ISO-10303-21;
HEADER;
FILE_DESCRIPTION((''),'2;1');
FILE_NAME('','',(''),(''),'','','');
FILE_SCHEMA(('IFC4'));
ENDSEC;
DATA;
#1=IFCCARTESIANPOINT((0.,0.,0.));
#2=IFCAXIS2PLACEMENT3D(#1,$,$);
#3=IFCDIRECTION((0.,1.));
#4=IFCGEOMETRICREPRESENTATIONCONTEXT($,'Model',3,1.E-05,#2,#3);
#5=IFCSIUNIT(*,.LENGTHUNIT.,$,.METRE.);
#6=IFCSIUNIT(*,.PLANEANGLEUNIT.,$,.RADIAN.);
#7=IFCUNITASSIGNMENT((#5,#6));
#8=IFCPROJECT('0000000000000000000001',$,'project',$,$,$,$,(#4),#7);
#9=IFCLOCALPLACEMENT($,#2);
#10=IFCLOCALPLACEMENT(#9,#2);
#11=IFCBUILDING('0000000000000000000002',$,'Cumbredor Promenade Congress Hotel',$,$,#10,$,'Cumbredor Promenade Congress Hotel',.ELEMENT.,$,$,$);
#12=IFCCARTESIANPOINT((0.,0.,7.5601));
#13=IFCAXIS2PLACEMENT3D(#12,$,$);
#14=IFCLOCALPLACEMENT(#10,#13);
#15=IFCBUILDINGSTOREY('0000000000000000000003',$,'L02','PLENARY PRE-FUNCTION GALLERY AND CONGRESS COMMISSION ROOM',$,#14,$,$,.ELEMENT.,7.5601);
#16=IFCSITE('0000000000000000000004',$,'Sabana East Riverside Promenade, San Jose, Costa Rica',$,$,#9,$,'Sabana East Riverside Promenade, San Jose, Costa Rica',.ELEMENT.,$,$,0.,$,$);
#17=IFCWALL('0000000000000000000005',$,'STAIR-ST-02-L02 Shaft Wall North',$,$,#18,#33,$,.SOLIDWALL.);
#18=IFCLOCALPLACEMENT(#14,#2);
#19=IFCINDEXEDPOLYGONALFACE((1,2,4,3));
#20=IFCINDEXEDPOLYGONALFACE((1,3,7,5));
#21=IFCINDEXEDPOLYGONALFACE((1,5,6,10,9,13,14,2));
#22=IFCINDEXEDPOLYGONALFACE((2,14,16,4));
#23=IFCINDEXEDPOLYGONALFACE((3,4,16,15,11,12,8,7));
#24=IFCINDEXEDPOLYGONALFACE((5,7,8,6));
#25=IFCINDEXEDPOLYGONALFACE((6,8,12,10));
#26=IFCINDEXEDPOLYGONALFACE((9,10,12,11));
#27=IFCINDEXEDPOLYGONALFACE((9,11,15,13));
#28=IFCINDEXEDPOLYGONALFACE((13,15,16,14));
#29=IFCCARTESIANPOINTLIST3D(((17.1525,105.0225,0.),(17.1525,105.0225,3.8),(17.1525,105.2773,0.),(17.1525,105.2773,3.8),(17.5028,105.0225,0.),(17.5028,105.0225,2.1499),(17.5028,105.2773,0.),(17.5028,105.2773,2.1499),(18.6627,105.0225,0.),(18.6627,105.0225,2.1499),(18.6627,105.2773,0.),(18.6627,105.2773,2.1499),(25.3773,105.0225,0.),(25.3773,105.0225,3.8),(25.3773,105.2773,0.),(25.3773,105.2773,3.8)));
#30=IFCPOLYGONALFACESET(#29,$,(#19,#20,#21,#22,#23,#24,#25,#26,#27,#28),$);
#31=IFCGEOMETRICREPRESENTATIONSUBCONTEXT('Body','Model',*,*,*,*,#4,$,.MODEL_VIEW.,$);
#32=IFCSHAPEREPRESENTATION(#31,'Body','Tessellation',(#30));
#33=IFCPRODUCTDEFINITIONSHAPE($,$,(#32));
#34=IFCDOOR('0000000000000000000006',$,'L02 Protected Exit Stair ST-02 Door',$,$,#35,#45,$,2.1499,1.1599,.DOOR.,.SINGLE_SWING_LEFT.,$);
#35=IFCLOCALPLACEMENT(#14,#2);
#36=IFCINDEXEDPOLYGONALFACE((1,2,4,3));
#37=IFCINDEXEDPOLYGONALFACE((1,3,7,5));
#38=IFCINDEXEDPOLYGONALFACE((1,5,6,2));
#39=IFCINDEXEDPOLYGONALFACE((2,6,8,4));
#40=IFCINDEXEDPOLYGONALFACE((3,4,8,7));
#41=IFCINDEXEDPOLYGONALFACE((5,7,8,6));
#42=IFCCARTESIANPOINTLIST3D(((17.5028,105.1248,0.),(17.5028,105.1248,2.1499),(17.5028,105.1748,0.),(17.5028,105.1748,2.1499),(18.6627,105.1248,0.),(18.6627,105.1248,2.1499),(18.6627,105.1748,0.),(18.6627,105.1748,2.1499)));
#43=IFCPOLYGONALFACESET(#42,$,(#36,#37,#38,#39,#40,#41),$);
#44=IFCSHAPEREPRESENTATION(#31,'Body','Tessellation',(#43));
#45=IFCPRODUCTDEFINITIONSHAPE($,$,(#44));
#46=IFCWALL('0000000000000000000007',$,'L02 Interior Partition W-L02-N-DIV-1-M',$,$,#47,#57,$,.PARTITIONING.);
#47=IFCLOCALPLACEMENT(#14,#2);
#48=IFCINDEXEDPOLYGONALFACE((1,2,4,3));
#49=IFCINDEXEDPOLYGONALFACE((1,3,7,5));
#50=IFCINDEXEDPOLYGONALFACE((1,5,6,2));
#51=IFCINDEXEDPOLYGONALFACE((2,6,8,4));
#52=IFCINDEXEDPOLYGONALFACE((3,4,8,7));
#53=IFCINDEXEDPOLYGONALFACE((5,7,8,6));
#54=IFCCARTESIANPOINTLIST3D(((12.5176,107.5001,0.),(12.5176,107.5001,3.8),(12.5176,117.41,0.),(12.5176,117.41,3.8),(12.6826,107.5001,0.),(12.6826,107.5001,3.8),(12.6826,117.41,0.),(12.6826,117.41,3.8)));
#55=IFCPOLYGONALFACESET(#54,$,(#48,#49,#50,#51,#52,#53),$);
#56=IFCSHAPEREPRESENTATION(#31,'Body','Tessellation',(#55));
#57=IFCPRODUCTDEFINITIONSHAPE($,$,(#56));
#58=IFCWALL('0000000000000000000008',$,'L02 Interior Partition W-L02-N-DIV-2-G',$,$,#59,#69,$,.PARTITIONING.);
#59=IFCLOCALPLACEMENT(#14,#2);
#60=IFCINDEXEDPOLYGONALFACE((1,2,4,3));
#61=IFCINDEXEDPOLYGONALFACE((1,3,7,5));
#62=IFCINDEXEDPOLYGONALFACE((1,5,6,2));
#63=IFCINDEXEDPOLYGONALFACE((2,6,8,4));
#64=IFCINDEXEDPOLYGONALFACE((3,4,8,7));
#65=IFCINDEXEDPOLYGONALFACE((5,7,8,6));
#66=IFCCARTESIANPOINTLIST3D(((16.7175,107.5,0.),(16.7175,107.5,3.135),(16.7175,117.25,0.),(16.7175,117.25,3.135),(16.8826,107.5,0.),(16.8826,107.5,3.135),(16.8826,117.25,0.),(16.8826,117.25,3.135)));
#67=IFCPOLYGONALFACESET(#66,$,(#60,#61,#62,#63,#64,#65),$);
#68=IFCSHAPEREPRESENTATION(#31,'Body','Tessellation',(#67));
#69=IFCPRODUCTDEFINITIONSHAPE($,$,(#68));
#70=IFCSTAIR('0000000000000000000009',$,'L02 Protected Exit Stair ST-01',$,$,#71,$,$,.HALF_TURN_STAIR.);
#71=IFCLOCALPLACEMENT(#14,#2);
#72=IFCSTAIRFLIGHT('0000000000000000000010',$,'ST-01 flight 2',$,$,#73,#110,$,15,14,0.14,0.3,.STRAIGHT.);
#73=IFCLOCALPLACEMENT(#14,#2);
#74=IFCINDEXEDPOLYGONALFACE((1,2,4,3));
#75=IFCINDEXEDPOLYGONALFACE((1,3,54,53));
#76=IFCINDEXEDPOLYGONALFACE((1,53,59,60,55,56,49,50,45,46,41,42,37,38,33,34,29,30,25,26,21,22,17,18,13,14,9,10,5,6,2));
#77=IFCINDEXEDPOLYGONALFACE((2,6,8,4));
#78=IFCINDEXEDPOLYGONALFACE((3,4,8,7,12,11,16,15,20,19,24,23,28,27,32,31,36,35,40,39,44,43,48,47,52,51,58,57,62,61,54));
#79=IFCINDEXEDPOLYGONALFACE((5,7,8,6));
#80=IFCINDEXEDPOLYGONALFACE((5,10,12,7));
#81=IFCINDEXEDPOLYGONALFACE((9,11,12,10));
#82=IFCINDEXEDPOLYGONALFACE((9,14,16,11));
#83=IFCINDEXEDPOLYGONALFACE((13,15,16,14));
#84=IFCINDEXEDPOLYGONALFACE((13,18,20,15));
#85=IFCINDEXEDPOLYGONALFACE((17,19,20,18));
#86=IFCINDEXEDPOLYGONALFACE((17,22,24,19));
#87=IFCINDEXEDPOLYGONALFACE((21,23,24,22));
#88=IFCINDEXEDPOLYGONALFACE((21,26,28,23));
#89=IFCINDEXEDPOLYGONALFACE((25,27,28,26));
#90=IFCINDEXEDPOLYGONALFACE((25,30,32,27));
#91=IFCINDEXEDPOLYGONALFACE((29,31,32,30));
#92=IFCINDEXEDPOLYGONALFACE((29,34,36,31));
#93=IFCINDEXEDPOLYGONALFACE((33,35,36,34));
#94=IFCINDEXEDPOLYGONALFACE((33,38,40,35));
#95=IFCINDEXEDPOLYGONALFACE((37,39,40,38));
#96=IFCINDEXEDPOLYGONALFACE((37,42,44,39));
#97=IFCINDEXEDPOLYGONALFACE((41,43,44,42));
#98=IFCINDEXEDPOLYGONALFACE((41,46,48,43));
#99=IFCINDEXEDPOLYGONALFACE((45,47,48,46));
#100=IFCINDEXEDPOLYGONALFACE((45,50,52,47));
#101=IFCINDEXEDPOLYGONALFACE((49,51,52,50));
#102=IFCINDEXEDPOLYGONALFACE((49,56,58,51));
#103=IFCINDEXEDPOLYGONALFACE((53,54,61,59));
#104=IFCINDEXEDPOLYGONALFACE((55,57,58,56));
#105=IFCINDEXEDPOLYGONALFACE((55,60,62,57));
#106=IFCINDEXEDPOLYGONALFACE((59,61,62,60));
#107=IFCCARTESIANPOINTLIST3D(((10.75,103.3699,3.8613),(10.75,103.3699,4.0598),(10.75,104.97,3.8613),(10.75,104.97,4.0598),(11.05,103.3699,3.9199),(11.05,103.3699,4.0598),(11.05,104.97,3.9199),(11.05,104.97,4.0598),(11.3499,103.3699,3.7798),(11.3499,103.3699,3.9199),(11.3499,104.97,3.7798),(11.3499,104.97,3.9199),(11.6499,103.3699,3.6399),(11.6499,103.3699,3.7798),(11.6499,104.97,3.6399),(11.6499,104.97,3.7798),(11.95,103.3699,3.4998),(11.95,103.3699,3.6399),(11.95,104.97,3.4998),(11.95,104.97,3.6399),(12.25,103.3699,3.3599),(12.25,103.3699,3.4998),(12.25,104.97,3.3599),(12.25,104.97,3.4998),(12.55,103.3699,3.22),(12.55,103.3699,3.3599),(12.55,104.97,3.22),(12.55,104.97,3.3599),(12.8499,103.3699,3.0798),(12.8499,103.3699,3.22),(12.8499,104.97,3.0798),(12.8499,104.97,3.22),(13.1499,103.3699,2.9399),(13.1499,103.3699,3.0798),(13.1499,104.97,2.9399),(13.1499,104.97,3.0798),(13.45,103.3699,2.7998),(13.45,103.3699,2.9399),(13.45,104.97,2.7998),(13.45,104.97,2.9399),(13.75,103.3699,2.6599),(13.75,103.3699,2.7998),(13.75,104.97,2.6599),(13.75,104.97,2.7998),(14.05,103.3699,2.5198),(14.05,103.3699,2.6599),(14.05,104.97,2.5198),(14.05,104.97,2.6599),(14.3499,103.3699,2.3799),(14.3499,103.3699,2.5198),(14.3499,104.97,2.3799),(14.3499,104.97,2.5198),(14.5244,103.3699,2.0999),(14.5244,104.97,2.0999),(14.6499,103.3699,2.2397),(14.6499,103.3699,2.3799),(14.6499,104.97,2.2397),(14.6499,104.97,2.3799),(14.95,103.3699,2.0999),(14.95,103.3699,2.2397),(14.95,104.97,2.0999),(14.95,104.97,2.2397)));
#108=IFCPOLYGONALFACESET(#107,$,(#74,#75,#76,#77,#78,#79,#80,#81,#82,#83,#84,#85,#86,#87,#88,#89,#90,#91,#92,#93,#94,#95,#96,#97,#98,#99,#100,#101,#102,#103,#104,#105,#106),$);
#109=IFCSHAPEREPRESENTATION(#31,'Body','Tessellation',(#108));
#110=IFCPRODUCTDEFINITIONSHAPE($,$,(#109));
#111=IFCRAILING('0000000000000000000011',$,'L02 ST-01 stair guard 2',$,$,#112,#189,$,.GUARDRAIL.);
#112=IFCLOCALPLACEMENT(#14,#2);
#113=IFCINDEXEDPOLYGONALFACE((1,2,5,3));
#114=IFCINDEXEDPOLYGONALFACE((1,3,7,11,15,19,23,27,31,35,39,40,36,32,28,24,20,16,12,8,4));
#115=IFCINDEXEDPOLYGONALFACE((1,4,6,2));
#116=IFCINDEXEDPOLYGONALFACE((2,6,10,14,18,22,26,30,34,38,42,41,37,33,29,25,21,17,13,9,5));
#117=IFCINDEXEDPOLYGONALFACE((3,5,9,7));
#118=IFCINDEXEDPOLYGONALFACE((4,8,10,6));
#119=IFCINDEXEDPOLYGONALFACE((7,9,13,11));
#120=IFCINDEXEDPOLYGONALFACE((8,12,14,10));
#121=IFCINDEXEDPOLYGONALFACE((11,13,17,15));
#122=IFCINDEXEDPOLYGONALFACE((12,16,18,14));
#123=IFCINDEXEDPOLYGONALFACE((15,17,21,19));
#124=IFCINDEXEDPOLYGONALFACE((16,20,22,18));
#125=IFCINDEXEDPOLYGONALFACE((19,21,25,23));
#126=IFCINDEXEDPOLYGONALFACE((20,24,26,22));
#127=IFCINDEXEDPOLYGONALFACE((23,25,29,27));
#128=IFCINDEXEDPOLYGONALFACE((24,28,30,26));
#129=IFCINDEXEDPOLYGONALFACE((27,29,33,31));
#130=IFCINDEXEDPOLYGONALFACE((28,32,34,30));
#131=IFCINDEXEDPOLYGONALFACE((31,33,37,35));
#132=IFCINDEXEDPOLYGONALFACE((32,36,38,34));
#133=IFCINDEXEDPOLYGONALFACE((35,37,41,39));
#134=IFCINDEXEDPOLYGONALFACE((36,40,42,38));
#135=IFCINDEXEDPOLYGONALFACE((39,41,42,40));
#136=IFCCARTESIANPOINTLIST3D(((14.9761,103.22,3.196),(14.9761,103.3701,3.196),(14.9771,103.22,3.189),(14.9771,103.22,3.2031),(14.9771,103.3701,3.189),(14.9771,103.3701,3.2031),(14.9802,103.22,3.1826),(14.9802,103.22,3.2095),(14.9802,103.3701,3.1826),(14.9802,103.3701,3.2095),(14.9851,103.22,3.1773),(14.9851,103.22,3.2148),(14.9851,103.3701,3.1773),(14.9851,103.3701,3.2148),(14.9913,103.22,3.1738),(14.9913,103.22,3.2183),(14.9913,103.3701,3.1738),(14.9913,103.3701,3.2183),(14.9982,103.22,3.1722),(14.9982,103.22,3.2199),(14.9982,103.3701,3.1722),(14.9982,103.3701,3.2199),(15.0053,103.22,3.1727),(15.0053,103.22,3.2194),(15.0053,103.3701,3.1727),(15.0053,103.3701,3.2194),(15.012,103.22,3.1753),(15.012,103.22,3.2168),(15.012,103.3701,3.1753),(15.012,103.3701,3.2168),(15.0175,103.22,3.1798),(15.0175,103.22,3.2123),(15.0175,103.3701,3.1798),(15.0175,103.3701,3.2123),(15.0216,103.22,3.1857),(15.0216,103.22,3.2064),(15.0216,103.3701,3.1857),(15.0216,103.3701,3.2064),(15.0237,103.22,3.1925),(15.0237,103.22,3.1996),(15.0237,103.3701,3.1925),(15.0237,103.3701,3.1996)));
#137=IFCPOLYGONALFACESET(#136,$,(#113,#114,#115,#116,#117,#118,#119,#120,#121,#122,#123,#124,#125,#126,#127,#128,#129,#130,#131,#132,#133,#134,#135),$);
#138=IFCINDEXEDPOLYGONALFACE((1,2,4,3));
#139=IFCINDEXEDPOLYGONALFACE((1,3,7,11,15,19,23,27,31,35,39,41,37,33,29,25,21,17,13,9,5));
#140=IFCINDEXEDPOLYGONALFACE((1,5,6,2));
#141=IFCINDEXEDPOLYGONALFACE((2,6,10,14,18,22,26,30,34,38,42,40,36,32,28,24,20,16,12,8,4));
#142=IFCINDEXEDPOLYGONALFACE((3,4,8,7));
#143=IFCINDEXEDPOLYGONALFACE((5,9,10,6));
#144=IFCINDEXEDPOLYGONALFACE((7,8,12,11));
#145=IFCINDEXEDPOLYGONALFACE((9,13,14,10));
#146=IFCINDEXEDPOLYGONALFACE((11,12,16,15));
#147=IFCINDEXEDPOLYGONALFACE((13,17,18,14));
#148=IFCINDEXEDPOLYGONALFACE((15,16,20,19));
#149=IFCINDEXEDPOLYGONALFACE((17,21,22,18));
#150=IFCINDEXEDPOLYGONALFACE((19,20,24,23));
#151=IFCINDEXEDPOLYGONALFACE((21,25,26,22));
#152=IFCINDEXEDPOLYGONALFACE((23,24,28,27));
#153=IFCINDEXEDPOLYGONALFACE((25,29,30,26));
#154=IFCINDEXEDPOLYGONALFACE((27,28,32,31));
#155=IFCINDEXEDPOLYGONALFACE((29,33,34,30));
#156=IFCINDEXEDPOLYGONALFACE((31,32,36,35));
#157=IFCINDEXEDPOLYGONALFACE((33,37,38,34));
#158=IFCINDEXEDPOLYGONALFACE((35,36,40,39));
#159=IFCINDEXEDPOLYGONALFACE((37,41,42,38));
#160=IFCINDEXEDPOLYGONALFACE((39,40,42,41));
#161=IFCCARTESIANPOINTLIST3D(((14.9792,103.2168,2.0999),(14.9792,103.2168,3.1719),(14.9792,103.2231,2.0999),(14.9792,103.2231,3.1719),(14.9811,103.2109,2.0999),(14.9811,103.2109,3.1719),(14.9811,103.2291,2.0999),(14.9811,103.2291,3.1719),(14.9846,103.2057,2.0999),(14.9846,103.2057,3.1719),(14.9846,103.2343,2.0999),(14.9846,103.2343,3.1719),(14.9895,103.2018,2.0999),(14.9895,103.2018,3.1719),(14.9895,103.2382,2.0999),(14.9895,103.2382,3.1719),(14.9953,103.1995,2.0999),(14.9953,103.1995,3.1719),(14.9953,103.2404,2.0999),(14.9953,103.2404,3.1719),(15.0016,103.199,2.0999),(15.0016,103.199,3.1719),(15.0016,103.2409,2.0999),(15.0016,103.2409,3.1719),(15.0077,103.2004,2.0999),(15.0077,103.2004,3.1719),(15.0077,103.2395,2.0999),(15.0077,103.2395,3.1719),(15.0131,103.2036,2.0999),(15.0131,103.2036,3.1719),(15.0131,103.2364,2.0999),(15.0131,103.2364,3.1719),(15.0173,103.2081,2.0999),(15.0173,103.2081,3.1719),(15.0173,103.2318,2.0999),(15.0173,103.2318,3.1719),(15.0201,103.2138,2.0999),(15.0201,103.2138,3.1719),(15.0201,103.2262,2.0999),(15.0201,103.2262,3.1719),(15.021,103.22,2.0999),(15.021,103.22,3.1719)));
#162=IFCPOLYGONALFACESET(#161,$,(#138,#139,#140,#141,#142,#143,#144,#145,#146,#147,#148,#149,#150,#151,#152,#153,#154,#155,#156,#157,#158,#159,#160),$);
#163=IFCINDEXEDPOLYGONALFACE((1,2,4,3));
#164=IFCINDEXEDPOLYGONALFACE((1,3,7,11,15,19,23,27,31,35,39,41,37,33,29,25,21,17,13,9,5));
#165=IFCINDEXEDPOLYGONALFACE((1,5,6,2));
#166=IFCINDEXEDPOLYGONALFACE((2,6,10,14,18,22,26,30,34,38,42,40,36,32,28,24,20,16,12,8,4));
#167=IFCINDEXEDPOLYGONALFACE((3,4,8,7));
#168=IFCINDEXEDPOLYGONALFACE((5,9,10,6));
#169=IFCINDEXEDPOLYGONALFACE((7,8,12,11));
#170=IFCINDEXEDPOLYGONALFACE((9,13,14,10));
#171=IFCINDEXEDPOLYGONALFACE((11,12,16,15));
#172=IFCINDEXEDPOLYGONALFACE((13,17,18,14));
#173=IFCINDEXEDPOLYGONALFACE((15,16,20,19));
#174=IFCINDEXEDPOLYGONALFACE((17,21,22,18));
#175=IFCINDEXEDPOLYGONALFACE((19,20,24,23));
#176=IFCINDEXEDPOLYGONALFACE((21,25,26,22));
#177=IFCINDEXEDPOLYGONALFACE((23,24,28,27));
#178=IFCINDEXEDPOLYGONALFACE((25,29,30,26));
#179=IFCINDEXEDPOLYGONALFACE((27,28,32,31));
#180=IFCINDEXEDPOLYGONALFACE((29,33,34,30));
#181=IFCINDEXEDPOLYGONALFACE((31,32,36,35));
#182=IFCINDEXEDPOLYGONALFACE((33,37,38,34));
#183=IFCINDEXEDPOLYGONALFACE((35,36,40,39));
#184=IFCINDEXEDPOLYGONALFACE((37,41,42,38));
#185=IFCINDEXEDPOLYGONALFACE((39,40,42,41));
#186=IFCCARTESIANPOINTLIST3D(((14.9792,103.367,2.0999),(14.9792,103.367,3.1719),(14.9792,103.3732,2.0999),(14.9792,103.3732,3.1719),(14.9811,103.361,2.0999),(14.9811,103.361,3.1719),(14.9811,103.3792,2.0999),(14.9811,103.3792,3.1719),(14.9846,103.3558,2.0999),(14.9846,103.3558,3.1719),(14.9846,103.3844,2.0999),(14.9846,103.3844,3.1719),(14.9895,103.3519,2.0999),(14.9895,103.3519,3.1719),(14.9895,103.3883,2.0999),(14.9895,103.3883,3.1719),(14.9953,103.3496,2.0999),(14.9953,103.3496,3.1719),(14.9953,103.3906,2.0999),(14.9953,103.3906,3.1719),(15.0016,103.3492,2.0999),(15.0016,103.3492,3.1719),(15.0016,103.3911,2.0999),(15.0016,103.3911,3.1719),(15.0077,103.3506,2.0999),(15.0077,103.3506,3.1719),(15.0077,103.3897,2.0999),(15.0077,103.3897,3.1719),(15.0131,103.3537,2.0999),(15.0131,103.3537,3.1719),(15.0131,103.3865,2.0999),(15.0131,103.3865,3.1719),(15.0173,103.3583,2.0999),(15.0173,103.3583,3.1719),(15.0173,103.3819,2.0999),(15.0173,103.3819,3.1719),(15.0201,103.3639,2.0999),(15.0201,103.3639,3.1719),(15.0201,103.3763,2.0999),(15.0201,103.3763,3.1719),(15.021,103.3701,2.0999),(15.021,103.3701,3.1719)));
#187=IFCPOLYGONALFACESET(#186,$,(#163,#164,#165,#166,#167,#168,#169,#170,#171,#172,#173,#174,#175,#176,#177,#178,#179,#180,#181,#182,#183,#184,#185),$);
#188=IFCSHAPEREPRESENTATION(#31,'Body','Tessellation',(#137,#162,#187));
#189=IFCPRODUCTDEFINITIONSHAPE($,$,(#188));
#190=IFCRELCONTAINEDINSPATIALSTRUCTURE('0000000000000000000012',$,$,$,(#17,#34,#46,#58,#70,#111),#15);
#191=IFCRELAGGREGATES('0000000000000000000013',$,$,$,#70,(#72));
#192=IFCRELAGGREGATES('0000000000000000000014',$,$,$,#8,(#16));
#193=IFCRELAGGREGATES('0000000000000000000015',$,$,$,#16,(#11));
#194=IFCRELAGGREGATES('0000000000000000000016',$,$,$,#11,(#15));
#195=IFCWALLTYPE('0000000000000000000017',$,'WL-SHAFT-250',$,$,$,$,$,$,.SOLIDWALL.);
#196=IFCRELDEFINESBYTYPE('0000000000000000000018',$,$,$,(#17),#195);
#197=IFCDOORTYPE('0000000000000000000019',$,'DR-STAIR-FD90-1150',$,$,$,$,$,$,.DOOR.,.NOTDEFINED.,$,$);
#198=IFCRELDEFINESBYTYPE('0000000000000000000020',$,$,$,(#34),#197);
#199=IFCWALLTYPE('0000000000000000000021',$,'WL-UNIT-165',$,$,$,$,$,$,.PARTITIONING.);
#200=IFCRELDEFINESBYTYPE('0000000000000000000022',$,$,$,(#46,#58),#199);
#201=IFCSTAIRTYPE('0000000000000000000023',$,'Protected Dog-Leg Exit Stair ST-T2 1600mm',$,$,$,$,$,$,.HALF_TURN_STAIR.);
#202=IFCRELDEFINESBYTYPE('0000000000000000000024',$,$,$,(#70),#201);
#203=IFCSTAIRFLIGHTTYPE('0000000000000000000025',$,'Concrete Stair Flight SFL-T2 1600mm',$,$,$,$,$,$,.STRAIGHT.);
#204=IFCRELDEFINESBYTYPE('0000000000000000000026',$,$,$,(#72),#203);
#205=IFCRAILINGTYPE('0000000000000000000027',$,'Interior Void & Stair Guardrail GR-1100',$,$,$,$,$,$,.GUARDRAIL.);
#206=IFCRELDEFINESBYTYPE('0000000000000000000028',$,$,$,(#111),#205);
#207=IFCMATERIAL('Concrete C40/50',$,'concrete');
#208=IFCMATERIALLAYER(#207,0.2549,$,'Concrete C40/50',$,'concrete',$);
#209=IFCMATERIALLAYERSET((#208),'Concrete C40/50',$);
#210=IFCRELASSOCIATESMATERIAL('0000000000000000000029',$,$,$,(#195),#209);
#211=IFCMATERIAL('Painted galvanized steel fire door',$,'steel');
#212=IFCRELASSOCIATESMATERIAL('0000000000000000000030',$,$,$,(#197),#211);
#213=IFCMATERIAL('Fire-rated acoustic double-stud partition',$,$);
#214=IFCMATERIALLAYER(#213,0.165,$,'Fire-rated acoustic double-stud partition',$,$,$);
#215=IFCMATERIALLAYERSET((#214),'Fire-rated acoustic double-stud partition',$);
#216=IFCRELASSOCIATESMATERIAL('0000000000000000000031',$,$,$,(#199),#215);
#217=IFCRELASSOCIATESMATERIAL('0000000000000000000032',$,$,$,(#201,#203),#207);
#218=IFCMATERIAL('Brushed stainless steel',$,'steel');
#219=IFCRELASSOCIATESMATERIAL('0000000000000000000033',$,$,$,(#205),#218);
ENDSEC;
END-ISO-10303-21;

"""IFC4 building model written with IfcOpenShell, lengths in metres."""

from ifc_helpers import new_model, si_unit, direction, frame, frame_2d, origin, origin_2d, place, context, subcontext, project, spatial, polyline, rectangle, circle, outline, extrude, material, layer, layer_set, type_object, element, fill, aggregate, save


model = new_model("IFC4")

# Units and contexts
model_context = context("Model", 3, precision=1e-05, world=origin(), true_north=direction((0.0, 1.0)))
body_context = subcontext(model_context, "Body", "Model", "MODEL_VIEW")
ifc_project = project(units=[si_unit("LENGTHUNIT", "METRE"), si_unit("PLANEANGLEUNIT", "RADIAN")], contexts=[model_context])

# Site, building, storey
site_placement = place(None, origin())
site = spatial("IfcSite", under=ifc_project, at=site_placement, Name="Sabana East Riverside Promenade, San Jose, Costa Rica", LongName="Sabana East Riverside Promenade, San Jose, Costa Rica", CompositionType="ELEMENT", RefElevation=0.0)
building_placement = place(site_placement, origin())
building = spatial("IfcBuilding", under=site, at=building_placement, Name="Cumbredor Promenade Congress Hotel", LongName="Cumbredor Promenade Congress Hotel", CompositionType="ELEMENT")
storey_placement = place(building_placement, frame((0.0, 0.0, 7.5601)))
storey = spatial("IfcBuildingStorey", under=building, at=storey_placement, Name="L02", Description="PLENARY PRE-FUNCTION GALLERY AND CONGRESS COMMISSION ROOM", CompositionType="ELEMENT", Elevation=7.5601)

# Shared definitions
ifc_material_1 = material(Name="Concrete C40/50", Category="concrete")

# Wall, opening, door
ifc_layer_1 = layer(ifc_material_1, 0.2549, Name="Concrete C40/50", Category="concrete")
ifc_layer_set_1 = layer_set([ifc_layer_1], Name="Concrete C40/50")
wall_type_1 = type_object("IfcWallType", Name="WL-SHAFT-250", PredefinedType="SOLIDWALL", material=ifc_layer_set_1)
ifc_material_2 = material(Name="Painted galvanized steel fire door", Category="steel")
door_type = type_object("IfcDoorType", Name="DR-STAIR-FD90-1150", OperationType="NOTDEFINED", PredefinedType="DOOR", material=ifc_material_2)
wall_1_placement = place(storey_placement, frame((17.1526, 105.1499, 0.0), z_axis=(0.0, 0.0, 1.0), x_axis=(1.0, 0.0, 0.0)))
wall_1 = element("IfcWall", 1, at=wall_1_placement, inside=storey, type_object=wall_type_1, Name="STAIR-ST-02-L02 Shaft Wall North", PredefinedType="SOLIDWALL", context=body_context, shape_type="SweptSolid", body=[
    extrude(rectangle(XDim=8.2249, YDim=0.2549, at=frame_2d((4.1123, 0.0))), origin(), (0.0, 0.0, 1.0), 3.8),
])
opening_1_placement = place(wall_1_placement, frame((0.3501, 0.0, 0.0)))
opening_1 = element("IfcOpeningElement", 2, at=opening_1_placement, cuts=wall_1, PredefinedType="OPENING", context=body_context, shape_type="SweptSolid", body=[
    extrude(rectangle(XDim=1.1599, YDim=2.1499, at=frame_2d((0.5801, 1.075))), frame((0.0, 0.1375, 0.0), z_axis=(0.0, -1.0, 0.0), x_axis=(1.0, 0.0, 0.0)), (0.0, 0.0, 1.0), 0.2749),
])
door_1_placement = place(opening_1_placement, origin())
door_1 = element("IfcDoor", 3, at=door_1_placement, inside=storey, type_object=door_type, Name="L02 Protected Exit Stair ST-02 Door", OperationType="SINGLE_SWING_LEFT", OverallHeight=2.1499, OverallWidth=1.1599, PredefinedType="DOOR", context=body_context, shape_type="SweptSolid", body=[
    extrude(rectangle(XDim=1.1599, YDim=2.1499, at=frame_2d((0.5801, 1.075))), frame((0.0, 0.0249, 0.0), z_axis=(0.0, -1.0, 0.0), x_axis=(1.0, 0.0, 0.0)), (0.0, 0.0, 1.0), 0.05),
])
fill(opening_1, door_1)

# Walls
ifc_material_3 = material(Name="Fire-rated acoustic double-stud partition")
ifc_layer_2 = layer(ifc_material_3, 0.165, Name="Fire-rated acoustic double-stud partition")
ifc_layer_set_2 = layer_set([ifc_layer_2], Name="Fire-rated acoustic double-stud partition")
wall_type_2 = type_object("IfcWallType", Name="WL-UNIT-165", PredefinedType="PARTITIONING", material=ifc_layer_set_2)
wall_2_placement = place(storey_placement, frame((12.6001, 107.5, 0.0), z_axis=(0.0, 0.0, 1.0), x_axis=(0.0, 1.0, 0.0)))
element("IfcWall", 4, at=wall_2_placement, inside=storey, type_object=wall_type_2, Name="L02 Interior Partition W-L02-N-DIV-1-M", PredefinedType="PARTITIONING", context=body_context, shape_type="SweptSolid", body=[
    extrude(rectangle(XDim=9.9099, YDim=0.165, at=frame_2d((4.9551, 0.0))), origin(), (0.0, 0.0, 1.0), 3.8),
])
wall_3_placement = place(storey_placement, frame((16.8, 107.5, 0.0), z_axis=(0.0, 0.0, 1.0), x_axis=(0.0, 1.0, 0.0)))
element("IfcWall", 5, at=wall_3_placement, inside=storey, type_object=wall_type_2, Name="L02 Interior Partition W-L02-N-DIV-2-G", PredefinedType="PARTITIONING", context=body_context, shape_type="SweptSolid", body=[
    extrude(rectangle(XDim=9.75, YDim=0.165, at=frame_2d((4.875, 0.0))), origin(), (0.0, 0.0, 1.0), 3.135),
])

# Stair, stair flight
stair_type = type_object("IfcStairType", Name="Protected Dog-Leg Exit Stair ST-T2 1600mm", PredefinedType="HALF_TURN_STAIR", material=ifc_material_1)
stair_placement = place(storey_placement, origin())
stair = element("IfcStair", 6, at=stair_placement, inside=storey, type_object=stair_type, Name="L02 Protected Exit Stair ST-01", PredefinedType="HALF_TURN_STAIR")
stair_flight_type = type_object("IfcStairFlightType", Name="Concrete Stair Flight SFL-T2 1600mm", PredefinedType="STRAIGHT", material=ifc_material_1)
stair_flight_placement = place(storey_placement, frame((14.95, 104.1699, 2.0999), z_axis=(0.0, 0.0, 1.0), x_axis=(-1.0, 0.0, 0.0)))
stair_flight = element("IfcStairFlight", 7, at=stair_flight_placement, type_object=stair_flight_type, Name="ST-01 flight 2", NumberOfRisers=15, NumberOfTreads=14, PredefinedType="STRAIGHT", RiserHeight=0.14, TreadLength=0.3, context=body_context, shape_type="SweptSolid", body=[
    extrude(outline(polyline([(0.0, 0.0), (0.0, 0.1399), (0.3, 0.1399), (0.3, 0.28), (0.6001, 0.28), (0.6001, 0.4199), (0.8999, 0.4199), (0.8999, 0.5601), (1.2, 0.5601), (1.2, 0.7), (1.5, 0.7), (1.5, 0.8401), (1.8, 0.8401), (1.8, 0.98), (2.1001, 0.98), (2.1001, 1.1201), (2.3999, 1.1201), (2.3999, 1.26), (2.7, 1.26), (2.7, 1.3999), (3.0, 1.3999), (3.0, 1.54), (3.3, 1.54), (3.3, 1.6799), (3.6001, 1.6799), (3.6001, 1.8201), (3.8999, 1.8201), (3.8999, 1.96), (4.2, 1.96), (4.2, 2.1001), (4.2, 1.7615), (0.4255, 0.0), (0.0, 0.0)])), frame((0.0, 0.8, 0.0), z_axis=(0.0, -1.0, 0.0), x_axis=(1.0, 0.0, 0.0)), (0.0, 0.0, 1.0), 1.6001),
])
aggregate(stair, [stair_flight])

# Railing
ifc_material_4 = material(Name="Brushed stainless steel", Category="steel")
railing_type_1 = type_object("IfcRailingType", Name="Interior Void & Stair Guardrail GR-1100", PredefinedType="GUARDRAIL", material=ifc_material_4)
railing_1_placement = place(storey_placement, frame((15.0, 103.22, 2.0999)))
element("IfcRailing", 8, at=railing_1_placement, inside=storey, type_object=railing_type_1, Name="L02 ST-01 stair guard 2", PredefinedType="GUARDRAIL", context=body_context, shape_type="SweptSolid", body=[
    extrude(circle(Radius=0.0239, at=origin_2d()), frame((0.0, 0.0, 1.0962), z_axis=(0.0, 1.0, 0.0), x_axis=(-1.0, 0.0, 0.0)), (0.0, 0.0, 1.0), 0.1501),
    extrude(circle(Radius=0.021, at=origin_2d()), origin(), (0.0, 0.0, 1.0), 1.072),
    extrude(circle(Radius=0.021, at=origin_2d()), frame((0.0, 0.1501, 0.0)), (0.0, 0.0, 1.0), 1.072),
])

save(model, "model.ifc")
